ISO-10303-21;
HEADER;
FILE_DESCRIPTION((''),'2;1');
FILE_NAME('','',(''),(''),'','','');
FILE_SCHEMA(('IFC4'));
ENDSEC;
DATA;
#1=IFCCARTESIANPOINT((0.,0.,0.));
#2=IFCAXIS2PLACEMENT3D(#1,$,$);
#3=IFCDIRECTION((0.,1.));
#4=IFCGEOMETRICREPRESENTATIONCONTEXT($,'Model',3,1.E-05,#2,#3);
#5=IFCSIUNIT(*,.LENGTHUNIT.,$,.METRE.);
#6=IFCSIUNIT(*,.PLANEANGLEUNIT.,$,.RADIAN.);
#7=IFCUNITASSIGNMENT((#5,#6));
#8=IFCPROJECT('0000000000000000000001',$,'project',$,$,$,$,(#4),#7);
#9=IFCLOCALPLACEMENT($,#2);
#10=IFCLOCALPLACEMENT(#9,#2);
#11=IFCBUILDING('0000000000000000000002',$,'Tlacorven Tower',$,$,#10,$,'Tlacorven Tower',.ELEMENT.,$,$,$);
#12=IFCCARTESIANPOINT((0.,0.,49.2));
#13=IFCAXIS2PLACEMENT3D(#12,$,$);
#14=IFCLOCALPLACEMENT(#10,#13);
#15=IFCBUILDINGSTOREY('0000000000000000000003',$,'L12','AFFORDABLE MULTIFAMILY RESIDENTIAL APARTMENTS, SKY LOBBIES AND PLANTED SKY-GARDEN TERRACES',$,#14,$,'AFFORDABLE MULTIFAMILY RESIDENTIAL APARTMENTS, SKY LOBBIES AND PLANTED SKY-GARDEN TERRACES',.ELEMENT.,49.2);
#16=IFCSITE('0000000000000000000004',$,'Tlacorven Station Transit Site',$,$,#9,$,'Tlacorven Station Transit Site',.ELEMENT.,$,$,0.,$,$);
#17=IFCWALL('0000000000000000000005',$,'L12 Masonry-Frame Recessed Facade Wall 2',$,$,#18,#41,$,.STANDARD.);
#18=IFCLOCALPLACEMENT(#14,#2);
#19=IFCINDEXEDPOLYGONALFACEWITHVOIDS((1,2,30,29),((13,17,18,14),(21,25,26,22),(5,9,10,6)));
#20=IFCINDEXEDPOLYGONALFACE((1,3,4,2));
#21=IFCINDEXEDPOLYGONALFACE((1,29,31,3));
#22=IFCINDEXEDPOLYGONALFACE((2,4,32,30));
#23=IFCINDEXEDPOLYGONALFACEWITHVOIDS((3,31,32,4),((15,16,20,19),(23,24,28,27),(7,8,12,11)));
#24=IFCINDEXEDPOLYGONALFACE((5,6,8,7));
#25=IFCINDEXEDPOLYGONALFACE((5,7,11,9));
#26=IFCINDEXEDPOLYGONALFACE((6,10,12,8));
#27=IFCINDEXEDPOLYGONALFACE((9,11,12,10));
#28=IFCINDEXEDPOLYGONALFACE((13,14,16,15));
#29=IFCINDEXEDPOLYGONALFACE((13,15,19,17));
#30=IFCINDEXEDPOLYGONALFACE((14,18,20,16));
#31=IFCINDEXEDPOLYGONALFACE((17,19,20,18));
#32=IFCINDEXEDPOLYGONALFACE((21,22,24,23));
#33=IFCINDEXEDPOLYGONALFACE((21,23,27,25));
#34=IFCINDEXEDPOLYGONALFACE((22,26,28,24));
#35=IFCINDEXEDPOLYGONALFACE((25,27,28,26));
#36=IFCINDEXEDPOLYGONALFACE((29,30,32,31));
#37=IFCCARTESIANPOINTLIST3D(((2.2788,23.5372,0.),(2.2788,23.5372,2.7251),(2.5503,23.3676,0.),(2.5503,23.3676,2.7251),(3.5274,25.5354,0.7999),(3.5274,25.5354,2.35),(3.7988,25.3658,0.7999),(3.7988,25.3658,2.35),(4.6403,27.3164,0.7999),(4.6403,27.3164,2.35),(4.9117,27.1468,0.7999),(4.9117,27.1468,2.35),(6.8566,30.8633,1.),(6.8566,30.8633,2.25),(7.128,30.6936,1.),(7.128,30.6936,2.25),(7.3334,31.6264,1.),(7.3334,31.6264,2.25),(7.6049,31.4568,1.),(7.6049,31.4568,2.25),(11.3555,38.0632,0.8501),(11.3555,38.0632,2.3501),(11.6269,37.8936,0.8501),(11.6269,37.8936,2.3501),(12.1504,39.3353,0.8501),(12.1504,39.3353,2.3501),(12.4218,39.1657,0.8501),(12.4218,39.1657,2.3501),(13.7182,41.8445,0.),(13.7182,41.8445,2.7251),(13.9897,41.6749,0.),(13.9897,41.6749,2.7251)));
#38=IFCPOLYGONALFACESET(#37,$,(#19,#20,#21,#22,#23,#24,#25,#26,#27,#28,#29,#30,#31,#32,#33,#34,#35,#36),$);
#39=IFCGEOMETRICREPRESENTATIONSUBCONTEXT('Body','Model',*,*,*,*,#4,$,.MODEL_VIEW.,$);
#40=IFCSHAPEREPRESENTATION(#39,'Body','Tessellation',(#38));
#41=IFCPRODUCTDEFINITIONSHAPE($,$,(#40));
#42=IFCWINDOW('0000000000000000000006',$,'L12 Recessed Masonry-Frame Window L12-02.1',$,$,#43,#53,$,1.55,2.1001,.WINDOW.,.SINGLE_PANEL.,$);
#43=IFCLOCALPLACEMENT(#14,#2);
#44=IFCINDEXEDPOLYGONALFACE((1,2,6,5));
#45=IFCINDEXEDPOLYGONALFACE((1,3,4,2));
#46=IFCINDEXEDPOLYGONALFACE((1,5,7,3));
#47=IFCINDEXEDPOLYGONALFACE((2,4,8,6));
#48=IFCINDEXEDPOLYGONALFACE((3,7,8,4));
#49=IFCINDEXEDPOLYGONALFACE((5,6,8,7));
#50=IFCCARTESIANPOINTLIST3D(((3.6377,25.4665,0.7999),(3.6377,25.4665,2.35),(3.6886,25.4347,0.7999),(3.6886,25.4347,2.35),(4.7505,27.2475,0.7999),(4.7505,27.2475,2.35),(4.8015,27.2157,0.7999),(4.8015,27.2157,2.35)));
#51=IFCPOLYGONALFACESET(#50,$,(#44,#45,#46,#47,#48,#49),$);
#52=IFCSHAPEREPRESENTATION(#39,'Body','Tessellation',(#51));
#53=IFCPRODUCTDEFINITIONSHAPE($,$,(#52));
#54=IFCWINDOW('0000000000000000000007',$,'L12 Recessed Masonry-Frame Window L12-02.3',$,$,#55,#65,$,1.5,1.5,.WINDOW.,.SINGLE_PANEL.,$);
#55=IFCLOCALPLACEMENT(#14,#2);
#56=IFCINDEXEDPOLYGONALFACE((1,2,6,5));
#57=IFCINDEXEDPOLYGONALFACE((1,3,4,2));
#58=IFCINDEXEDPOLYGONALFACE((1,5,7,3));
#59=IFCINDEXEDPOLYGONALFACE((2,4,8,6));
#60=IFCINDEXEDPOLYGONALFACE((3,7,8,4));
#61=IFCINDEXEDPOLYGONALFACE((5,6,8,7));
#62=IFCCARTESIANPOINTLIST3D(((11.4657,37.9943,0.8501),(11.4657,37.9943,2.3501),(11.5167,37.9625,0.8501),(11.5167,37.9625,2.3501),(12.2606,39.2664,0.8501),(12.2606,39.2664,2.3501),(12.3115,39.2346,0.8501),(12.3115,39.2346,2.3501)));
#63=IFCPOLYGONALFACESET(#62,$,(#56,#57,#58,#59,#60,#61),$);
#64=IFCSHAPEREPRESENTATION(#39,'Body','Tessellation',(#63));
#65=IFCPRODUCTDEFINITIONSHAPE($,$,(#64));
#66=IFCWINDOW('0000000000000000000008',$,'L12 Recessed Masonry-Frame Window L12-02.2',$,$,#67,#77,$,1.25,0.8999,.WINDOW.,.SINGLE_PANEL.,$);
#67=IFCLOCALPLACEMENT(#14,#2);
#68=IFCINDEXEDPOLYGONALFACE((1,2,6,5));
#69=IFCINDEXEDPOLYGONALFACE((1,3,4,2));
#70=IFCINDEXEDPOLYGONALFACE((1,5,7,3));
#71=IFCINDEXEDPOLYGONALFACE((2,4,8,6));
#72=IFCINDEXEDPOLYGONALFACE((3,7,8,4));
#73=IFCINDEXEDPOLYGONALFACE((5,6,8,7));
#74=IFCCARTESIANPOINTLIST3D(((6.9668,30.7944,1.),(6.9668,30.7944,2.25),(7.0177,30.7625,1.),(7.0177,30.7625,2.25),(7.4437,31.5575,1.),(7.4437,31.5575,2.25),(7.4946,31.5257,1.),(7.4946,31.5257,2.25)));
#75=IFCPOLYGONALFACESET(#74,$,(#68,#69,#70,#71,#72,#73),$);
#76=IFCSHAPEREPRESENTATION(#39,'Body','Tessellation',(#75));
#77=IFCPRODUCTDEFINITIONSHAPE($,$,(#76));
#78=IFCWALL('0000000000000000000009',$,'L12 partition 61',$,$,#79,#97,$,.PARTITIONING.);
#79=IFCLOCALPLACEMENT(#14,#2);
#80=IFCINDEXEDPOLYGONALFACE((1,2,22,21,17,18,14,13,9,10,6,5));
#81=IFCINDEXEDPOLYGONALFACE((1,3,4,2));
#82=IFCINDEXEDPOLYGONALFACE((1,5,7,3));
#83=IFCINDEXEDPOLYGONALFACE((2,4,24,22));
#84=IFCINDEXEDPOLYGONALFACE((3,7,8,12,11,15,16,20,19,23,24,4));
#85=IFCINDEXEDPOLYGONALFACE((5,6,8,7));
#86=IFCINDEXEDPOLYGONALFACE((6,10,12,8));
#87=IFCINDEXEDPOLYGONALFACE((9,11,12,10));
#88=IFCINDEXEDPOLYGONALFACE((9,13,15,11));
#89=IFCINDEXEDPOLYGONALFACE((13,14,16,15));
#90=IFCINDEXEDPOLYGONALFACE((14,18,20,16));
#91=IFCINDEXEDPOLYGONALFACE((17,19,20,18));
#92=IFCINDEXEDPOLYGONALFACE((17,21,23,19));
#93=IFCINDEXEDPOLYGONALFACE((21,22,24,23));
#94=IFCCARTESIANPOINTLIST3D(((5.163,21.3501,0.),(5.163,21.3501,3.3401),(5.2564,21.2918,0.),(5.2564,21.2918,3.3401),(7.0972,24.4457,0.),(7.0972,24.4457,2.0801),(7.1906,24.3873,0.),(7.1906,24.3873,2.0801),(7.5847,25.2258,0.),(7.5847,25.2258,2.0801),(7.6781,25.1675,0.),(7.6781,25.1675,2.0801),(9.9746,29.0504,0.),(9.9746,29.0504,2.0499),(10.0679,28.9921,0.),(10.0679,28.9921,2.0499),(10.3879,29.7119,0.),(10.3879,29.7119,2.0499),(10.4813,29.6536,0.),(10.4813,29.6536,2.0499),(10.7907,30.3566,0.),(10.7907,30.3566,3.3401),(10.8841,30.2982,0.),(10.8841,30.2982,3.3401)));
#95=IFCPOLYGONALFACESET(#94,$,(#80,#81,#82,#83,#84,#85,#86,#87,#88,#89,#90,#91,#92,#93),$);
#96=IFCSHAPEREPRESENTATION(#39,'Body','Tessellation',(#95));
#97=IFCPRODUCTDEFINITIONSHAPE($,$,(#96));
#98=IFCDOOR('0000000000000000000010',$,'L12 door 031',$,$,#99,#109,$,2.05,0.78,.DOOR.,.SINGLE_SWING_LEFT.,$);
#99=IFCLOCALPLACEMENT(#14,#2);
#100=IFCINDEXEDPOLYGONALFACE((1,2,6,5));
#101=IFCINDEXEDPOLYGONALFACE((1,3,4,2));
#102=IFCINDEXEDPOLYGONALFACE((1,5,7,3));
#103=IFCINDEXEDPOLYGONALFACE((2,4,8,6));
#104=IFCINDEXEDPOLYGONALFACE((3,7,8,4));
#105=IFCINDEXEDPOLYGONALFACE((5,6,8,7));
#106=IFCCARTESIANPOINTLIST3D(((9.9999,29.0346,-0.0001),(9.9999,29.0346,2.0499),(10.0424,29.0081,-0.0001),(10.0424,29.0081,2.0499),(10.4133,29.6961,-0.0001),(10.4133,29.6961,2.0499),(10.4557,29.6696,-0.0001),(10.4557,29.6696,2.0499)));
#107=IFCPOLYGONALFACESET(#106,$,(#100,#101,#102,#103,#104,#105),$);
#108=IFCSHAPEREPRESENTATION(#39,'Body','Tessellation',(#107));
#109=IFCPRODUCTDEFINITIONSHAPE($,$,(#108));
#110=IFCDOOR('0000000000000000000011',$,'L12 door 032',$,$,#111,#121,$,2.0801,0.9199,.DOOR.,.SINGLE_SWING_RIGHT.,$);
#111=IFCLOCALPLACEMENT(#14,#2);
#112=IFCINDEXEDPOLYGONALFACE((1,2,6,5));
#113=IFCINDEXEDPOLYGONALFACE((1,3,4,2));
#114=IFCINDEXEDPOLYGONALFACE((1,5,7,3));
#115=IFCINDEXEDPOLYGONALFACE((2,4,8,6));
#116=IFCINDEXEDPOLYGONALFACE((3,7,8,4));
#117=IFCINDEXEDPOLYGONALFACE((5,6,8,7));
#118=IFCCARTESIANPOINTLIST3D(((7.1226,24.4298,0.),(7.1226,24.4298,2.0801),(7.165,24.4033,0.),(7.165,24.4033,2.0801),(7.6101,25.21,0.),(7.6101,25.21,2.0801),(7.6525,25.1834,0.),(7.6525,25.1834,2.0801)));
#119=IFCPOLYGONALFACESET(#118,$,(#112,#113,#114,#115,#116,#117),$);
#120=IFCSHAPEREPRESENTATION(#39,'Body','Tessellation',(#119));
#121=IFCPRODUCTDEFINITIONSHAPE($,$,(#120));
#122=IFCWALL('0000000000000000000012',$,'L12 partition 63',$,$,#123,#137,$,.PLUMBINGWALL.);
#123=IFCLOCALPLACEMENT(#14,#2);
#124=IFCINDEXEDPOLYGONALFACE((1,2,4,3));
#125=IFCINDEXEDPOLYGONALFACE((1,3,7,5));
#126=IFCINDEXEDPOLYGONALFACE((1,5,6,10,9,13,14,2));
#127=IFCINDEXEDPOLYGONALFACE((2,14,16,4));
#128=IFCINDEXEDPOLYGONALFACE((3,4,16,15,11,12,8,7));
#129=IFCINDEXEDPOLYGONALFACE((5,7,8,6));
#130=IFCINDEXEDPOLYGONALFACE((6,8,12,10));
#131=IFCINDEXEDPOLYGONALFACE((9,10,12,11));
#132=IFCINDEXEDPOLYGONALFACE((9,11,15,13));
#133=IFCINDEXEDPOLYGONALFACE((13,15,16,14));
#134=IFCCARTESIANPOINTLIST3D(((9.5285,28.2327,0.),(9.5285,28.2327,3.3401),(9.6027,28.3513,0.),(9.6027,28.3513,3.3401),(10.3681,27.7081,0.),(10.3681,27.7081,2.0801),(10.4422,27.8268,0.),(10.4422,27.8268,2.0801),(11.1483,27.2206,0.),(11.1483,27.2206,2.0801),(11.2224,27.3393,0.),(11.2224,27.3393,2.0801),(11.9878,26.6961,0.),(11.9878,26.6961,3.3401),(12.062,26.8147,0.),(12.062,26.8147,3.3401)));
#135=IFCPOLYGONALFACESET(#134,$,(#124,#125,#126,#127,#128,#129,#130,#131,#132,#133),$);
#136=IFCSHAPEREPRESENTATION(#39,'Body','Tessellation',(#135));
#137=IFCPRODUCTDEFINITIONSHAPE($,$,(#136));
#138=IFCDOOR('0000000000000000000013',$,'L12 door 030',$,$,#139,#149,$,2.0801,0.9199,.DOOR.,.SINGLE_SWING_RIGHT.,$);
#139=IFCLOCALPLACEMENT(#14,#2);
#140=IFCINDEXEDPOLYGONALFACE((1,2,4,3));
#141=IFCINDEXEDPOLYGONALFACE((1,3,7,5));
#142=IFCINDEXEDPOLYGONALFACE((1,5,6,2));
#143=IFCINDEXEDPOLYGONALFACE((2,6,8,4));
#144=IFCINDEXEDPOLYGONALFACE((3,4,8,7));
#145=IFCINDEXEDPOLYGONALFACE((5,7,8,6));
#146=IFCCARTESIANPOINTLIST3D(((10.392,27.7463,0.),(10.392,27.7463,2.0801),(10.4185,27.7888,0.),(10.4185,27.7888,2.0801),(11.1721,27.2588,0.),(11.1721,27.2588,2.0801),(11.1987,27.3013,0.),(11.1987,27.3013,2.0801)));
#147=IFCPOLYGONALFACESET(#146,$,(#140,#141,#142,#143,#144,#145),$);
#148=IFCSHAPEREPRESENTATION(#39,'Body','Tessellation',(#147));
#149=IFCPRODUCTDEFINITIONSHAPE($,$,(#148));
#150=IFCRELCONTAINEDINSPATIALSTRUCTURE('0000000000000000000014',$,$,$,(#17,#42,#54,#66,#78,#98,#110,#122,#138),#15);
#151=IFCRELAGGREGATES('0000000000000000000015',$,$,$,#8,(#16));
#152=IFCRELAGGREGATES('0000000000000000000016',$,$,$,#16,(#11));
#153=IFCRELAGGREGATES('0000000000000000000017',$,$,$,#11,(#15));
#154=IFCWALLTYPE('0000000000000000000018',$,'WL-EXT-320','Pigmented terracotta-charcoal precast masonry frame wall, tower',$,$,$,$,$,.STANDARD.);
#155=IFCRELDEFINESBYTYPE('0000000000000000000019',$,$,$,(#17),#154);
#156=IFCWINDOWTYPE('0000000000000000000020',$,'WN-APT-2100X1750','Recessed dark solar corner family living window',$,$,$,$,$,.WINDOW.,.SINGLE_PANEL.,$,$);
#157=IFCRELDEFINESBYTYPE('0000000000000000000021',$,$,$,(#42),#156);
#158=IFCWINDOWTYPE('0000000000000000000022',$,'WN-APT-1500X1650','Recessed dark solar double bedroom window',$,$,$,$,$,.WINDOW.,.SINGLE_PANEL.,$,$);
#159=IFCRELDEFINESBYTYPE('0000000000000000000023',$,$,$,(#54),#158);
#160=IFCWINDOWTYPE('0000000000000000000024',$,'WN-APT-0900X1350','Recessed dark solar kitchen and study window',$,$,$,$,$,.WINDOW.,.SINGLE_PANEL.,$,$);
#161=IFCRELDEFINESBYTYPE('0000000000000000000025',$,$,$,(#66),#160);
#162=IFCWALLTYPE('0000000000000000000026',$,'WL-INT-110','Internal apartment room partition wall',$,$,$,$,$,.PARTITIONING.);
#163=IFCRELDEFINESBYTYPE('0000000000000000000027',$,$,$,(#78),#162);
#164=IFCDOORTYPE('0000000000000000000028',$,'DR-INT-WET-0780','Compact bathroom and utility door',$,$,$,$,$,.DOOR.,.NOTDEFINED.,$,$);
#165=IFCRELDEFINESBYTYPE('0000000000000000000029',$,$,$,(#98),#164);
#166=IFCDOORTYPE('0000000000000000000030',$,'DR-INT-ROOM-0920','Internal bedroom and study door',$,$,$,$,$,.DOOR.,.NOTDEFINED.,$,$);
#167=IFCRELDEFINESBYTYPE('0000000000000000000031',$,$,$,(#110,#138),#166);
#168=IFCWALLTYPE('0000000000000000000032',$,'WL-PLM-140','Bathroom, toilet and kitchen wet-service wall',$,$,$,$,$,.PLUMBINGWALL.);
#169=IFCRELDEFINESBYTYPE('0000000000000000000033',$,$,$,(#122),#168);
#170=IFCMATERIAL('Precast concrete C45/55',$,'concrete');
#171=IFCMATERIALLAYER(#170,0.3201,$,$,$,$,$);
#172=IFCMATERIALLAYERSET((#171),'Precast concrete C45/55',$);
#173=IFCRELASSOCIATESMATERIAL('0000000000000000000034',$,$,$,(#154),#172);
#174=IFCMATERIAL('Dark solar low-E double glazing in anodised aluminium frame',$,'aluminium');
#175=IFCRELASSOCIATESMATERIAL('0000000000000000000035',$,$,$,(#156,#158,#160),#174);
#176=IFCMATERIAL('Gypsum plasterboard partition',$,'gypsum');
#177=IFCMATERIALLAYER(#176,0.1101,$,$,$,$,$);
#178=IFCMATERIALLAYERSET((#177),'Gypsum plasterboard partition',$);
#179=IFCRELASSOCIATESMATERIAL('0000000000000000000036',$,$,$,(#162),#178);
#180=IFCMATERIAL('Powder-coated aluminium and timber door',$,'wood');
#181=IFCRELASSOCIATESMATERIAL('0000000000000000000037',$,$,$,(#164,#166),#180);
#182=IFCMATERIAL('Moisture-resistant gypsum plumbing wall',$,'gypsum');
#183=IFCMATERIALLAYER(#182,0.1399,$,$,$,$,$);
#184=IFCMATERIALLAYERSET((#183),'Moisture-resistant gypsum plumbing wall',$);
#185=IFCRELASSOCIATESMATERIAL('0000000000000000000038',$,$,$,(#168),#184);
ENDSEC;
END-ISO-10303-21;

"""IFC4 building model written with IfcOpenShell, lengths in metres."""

from ifc_helpers import new_model, si_unit, direction, frame, frame_2d, origin, place, context, subcontext, project, spatial, rectangle, extrude, source, transform, mapped, material, layer, layer_set, type_object, element, fill, save


model = new_model("IFC4")

# Units and contexts
model_context = context("Model", 3, precision=1e-05, world=origin(), true_north=direction((0.0, 1.0)))
body_context = subcontext(model_context, "Body", "Model", "MODEL_VIEW")
ifc_project = project(units=[si_unit("LENGTHUNIT", "METRE"), si_unit("PLANEANGLEUNIT", "RADIAN")], contexts=[model_context])

# Site, building, storey
site_placement = place(None, origin())
site = spatial("IfcSite", under=ifc_project, at=site_placement, Name="Tlacorven Station Transit Site", LongName="Tlacorven Station Transit Site", CompositionType="ELEMENT", RefElevation=0.0)
building_placement = place(site_placement, origin())
building = spatial("IfcBuilding", under=site, at=building_placement, Name="Tlacorven Tower", LongName="Tlacorven Tower", CompositionType="ELEMENT")
storey_placement = place(building_placement, frame((0.0, 0.0, 49.2)))
storey = spatial("IfcBuildingStorey", under=building, at=storey_placement, Name="L12", Description="AFFORDABLE MULTIFAMILY RESIDENTIAL APARTMENTS, SKY LOBBIES AND PLANTED SKY-GARDEN TERRACES", LongName="AFFORDABLE MULTIFAMILY RESIDENTIAL APARTMENTS, SKY LOBBIES AND PLANTED SKY-GARDEN TERRACES", CompositionType="ELEMENT", Elevation=49.2)

# Wall, openings, windows
ifc_material_1 = material(Name="Precast concrete C45/55", Category="concrete")
ifc_layer_1 = layer(ifc_material_1, 0.3201)
ifc_layer_set_1 = layer_set([ifc_layer_1], Name="Precast concrete C45/55")
wall_type_1 = type_object("IfcWallType", Name="WL-EXT-320", Description="Pigmented terracotta-charcoal precast masonry frame wall, tower", PredefinedType="STANDARD", material=ifc_layer_set_1)
wall_1_placement = place(storey_placement, frame((2.4146, 23.4524, 0.0), z_axis=(0.0, 0.0, 1.0), x_axis=(0.52991, 0.848054, 0.0)))
wall_1 = element("IfcWall", 1, at=wall_1_placement, inside=storey, type_object=wall_type_1, Name="L12 Masonry-Frame Recessed Facade Wall 2", PredefinedType="STANDARD", context=body_context, shape_type="SweptSolid", body=[
    extrude(rectangle(XDim=21.5874, YDim=0.3201, at=frame_2d((10.7937, 0.0))), origin(), (0.0, 0.0, 1.0), 2.7251),
])
opening_1_placement = place(wall_1_placement, frame((2.3562, 0.0, 0.8)))
opening_1 = element("IfcOpeningElement", 2, at=opening_1_placement, cuts=wall_1, PredefinedType="OPENING", context=body_context, shape_type="SweptSolid", body=[
    extrude(rectangle(XDim=2.1001, YDim=1.55, at=frame_2d((1.05, 0.7749))), frame((0.0, 0.1699, 0.0), z_axis=(0.0, -1.0, 0.0), x_axis=(1.0, 0.0, 0.0)), (0.0, 0.0, 1.0), 0.3401),
])
opening_2_placement = place(wall_1_placement, frame((8.6387, 0.0, 1.0)))
opening_2 = element("IfcOpeningElement", 3, at=opening_2_placement, cuts=wall_1, PredefinedType="OPENING", context=body_context, shape_type="SweptSolid", body=[
    extrude(rectangle(XDim=0.8999, YDim=1.25, at=frame_2d((0.45, 0.625))), frame((0.0, 0.1699, 0.0), z_axis=(0.0, -1.0, 0.0), x_axis=(1.0, 0.0, 0.0)), (0.0, 0.0, 1.0), 0.3401),
])
opening_3_placement = place(wall_1_placement, frame((17.1287, 0.0, 0.8501)))
opening_3 = element("IfcOpeningElement", 4, at=opening_3_placement, cuts=wall_1, PredefinedType="OPENING", context=body_context, shape_type="SweptSolid", body=[
    extrude(rectangle(XDim=1.5, YDim=1.5, at=frame_2d((0.75, 0.75))), frame((0.0, 0.1699, 0.0), z_axis=(0.0, -1.0, 0.0), x_axis=(1.0, 0.0, 0.0)), (0.0, 0.0, 1.0), 0.3401),
])
ifc_material_2 = material(Name="Dark solar low-E double glazing in anodised aluminium frame", Category="aluminium")
window_type_1 = type_object("IfcWindowType", Name="WN-APT-2100X1750", Description="Recessed dark solar corner family living window", PartitioningType="SINGLE_PANEL", PredefinedType="WINDOW", material=ifc_material_2)
shared_shape_1 = source(origin(), body_context, "Body", "SweptSolid", [
    extrude(rectangle(XDim=2.1001, YDim=1.55, at=frame_2d((1.05, 0.7749))), frame((0.0, 0.03, 0.0), z_axis=(0.0, -1.0, 0.0), x_axis=(1.0, 0.0, 0.0)), (0.0, 0.0, 1.0), 0.0601),
])
window_1_placement = place(opening_1_placement, origin())
window_1 = element("IfcWindow", 5, at=window_1_placement, inside=storey, type_object=window_type_1, Name="L12 Recessed Masonry-Frame Window L12-02.1", OverallHeight=1.55, OverallWidth=2.1001, PartitioningType="SINGLE_PANEL", PredefinedType="WINDOW", context=body_context, shape_type="MappedRepresentation", body=[
    mapped(shared_shape_1, transform((0.0, 0.0, 0.0), scale=1.0)),
])
fill(opening_1, window_1)
window_type_2 = type_object("IfcWindowType", Name="WN-APT-1500X1650", Description="Recessed dark solar double bedroom window", PartitioningType="SINGLE_PANEL", PredefinedType="WINDOW", material=ifc_material_2)
shared_shape_2 = source(origin(), body_context, "Body", "SweptSolid", [
    extrude(rectangle(XDim=1.5, YDim=1.5, at=frame_2d((0.75, 0.75))), frame((0.0, 0.03, 0.0), z_axis=(0.0, -1.0, 0.0), x_axis=(1.0, 0.0, 0.0)), (0.0, 0.0, 1.0), 0.0601),
])
window_2_placement = place(opening_3_placement, origin())
window_2 = element("IfcWindow", 6, at=window_2_placement, inside=storey, type_object=window_type_2, Name="L12 Recessed Masonry-Frame Window L12-02.3", OverallHeight=1.5, OverallWidth=1.5, PartitioningType="SINGLE_PANEL", PredefinedType="WINDOW", context=body_context, shape_type="MappedRepresentation", body=[
    mapped(shared_shape_2, transform((0.0, 0.0, 0.0), scale=1.0)),
])
fill(opening_3, window_2)
window_type_3 = type_object("IfcWindowType", Name="WN-APT-0900X1350", Description="Recessed dark solar kitchen and study window", PartitioningType="SINGLE_PANEL", PredefinedType="WINDOW", material=ifc_material_2)
shared_shape_3 = source(origin(), body_context, "Body", "SweptSolid", [
    extrude(rectangle(XDim=0.8999, YDim=1.25, at=frame_2d((0.45, 0.625))), frame((0.0, 0.03, 0.0), z_axis=(0.0, -1.0, 0.0), x_axis=(1.0, 0.0, 0.0)), (0.0, 0.0, 1.0), 0.0601),
])
window_3_placement = place(opening_2_placement, origin())
window_3 = element("IfcWindow", 7, at=window_3_placement, inside=storey, type_object=window_type_3, Name="L12 Recessed Masonry-Frame Window L12-02.2", OverallHeight=1.25, OverallWidth=0.8999, PartitioningType="SINGLE_PANEL", PredefinedType="WINDOW", context=body_context, shape_type="MappedRepresentation", body=[
    mapped(shared_shape_3, transform((0.0, 0.0, 0.0), scale=1.0)),
])
fill(opening_2, window_3)

# Wall, openings, doors
ifc_material_3 = material(Name="Gypsum plasterboard partition", Category="gypsum")
ifc_layer_2 = layer(ifc_material_3, 0.1101)
ifc_layer_set_2 = layer_set([ifc_layer_2], Name="Gypsum plasterboard partition")
wall_type_2 = type_object("IfcWallType", Name="WL-INT-110", Description="Internal apartment room partition wall", PredefinedType="PARTITIONING", material=ifc_layer_set_2)
wall_2_placement = place(storey_placement, frame((10.8374, 30.3274, 0.0), z_axis=(0.0, 0.0, 1.0), x_axis=(-0.529912, -0.848053, 0.0)))
wall_2 = element("IfcWall", 8, at=wall_2_placement, inside=storey, type_object=wall_type_2, Name="L12 partition 61", PredefinedType="PARTITIONING", context=body_context, shape_type="SweptSolid", body=[
    extrude(rectangle(XDim=10.6201, YDim=0.1101, at=frame_2d((5.3101, 0.0))), origin(), (0.0, 0.0, 1.0), 3.3401),
])
opening_4_placement = place(wall_2_placement, frame((0.76, 0.0, 0.0)))
opening_4 = element("IfcOpeningElement", 9, at=opening_4_placement, cuts=wall_2, PredefinedType="OPENING", context=body_context, shape_type="SweptSolid", body=[
    extrude(rectangle(XDim=0.78, YDim=2.05, at=frame_2d((0.3901, 1.0249))), frame((0.0, 0.0649, 0.0), z_axis=(0.0, -1.0, 0.0), x_axis=(1.0, 0.0, 0.0)), (0.0, 0.0, 1.0), 0.1301),
])
opening_5_placement = place(wall_2_placement, frame((6.05, 0.0, 0.0)))
opening_5 = element("IfcOpeningElement", 10, at=opening_5_placement, cuts=wall_2, PredefinedType="OPENING", context=body_context, shape_type="SweptSolid", body=[
    extrude(rectangle(XDim=0.9199, YDim=2.0801, at=frame_2d((0.46, 1.04))), frame((0.0, 0.0649, 0.0), z_axis=(0.0, -1.0, 0.0), x_axis=(1.0, 0.0, 0.0)), (0.0, 0.0, 1.0), 0.1301),
])
ifc_material_4 = material(Name="Powder-coated aluminium and timber door", Category="wood")
door_type_1 = type_object("IfcDoorType", Name="DR-INT-WET-0780", Description="Compact bathroom and utility door", OperationType="NOTDEFINED", PredefinedType="DOOR", material=ifc_material_4)
shared_shape_4 = source(origin(), body_context, "Body", "SweptSolid", [
    extrude(rectangle(XDim=0.78, YDim=2.05, at=frame_2d((0.3901, 1.0249))), frame((0.0, 0.0249, 0.0), z_axis=(0.0, -1.0, 0.0), x_axis=(1.0, 0.0, 0.0)), (0.0, 0.0, 1.0), 0.05),
])
door_1_placement = place(opening_4_placement, origin())
door_1 = element("IfcDoor", 11, at=door_1_placement, inside=storey, type_object=door_type_1, Name="L12 door 031", OperationType="SINGLE_SWING_LEFT", OverallHeight=2.05, OverallWidth=0.78, PredefinedType="DOOR", context=body_context, shape_type="MappedRepresentation", body=[
    mapped(shared_shape_4, transform((0.0, 0.0, 0.0), scale=1.0)),
])
fill(opening_4, door_1)
door_type_2 = type_object("IfcDoorType", Name="DR-INT-ROOM-0920", Description="Internal bedroom and study door", OperationType="NOTDEFINED", PredefinedType="DOOR", material=ifc_material_4)
shared_shape_5 = source(origin(), body_context, "Body", "SweptSolid", [
    extrude(rectangle(XDim=0.9199, YDim=2.0801, at=frame_2d((0.46, 1.04))), frame((0.0, 0.0249, 0.0), z_axis=(0.0, -1.0, 0.0), x_axis=(1.0, 0.0, 0.0)), (0.0, 0.0, 1.0), 0.05),
])
door_2_placement = place(opening_5_placement, origin())
door_2 = element("IfcDoor", 12, at=door_2_placement, inside=storey, type_object=door_type_2, Name="L12 door 032", OperationType="SINGLE_SWING_RIGHT", OverallHeight=2.0801, OverallWidth=0.9199, PredefinedType="DOOR", context=body_context, shape_type="MappedRepresentation", body=[
    mapped(shared_shape_5, transform((0.0, 0.0, 0.0), scale=1.0)),
])
fill(opening_5, door_2)

# Wall, opening, door
ifc_material_5 = material(Name="Moisture-resistant gypsum plumbing wall", Category="gypsum")
ifc_layer_3 = layer(ifc_material_5, 0.1399)
ifc_layer_set_3 = layer_set([ifc_layer_3], Name="Moisture-resistant gypsum plumbing wall")
wall_type_3 = type_object("IfcWallType", Name="WL-PLM-140", Description="Bathroom, toilet and kitchen wet-service wall", PredefinedType="PLUMBINGWALL", material=ifc_layer_set_3)
wall_3_placement = place(storey_placement, frame((12.0249, 26.7554, 0.0), z_axis=(0.0, 0.0, 1.0), x_axis=(-0.84806, 0.529901, 0.0)))
wall_3 = element("IfcWall", 13, at=wall_3_placement, inside=storey, type_object=wall_type_3, Name="L12 partition 63", PredefinedType="PLUMBINGWALL", context=body_context, shape_type="SweptSolid", body=[
    extrude(rectangle(XDim=2.8999, YDim=0.1399, at=frame_2d((1.45, 0.0))), origin(), (0.0, 0.0, 1.0), 3.3401),
])
opening_6_placement = place(wall_3_placement, frame((0.99, 0.0, 0.0)))
opening_6 = element("IfcOpeningElement", 14, at=opening_6_placement, cuts=wall_3, PredefinedType="OPENING", context=body_context, shape_type="SweptSolid", body=[
    extrude(rectangle(XDim=0.9199, YDim=2.0801, at=frame_2d((0.46, 1.04))), frame((0.0, 0.0801, 0.0), z_axis=(0.0, -1.0, 0.0), x_axis=(1.0, 0.0, 0.0)), (0.0, 0.0, 1.0), 0.1599),
])
door_3_placement = place(opening_6_placement, origin())
door_3 = element("IfcDoor", 15, at=door_3_placement, inside=storey, type_object=door_type_2, Name="L12 door 030", OperationType="SINGLE_SWING_RIGHT", OverallHeight=2.0801, OverallWidth=0.9199, PredefinedType="DOOR", context=body_context, shape_type="MappedRepresentation", body=[
    mapped(shared_shape_5, transform((0.0, 0.0, 0.0), scale=1.0)),
])
fill(opening_6, door_3)

save(model, "model.ifc")
